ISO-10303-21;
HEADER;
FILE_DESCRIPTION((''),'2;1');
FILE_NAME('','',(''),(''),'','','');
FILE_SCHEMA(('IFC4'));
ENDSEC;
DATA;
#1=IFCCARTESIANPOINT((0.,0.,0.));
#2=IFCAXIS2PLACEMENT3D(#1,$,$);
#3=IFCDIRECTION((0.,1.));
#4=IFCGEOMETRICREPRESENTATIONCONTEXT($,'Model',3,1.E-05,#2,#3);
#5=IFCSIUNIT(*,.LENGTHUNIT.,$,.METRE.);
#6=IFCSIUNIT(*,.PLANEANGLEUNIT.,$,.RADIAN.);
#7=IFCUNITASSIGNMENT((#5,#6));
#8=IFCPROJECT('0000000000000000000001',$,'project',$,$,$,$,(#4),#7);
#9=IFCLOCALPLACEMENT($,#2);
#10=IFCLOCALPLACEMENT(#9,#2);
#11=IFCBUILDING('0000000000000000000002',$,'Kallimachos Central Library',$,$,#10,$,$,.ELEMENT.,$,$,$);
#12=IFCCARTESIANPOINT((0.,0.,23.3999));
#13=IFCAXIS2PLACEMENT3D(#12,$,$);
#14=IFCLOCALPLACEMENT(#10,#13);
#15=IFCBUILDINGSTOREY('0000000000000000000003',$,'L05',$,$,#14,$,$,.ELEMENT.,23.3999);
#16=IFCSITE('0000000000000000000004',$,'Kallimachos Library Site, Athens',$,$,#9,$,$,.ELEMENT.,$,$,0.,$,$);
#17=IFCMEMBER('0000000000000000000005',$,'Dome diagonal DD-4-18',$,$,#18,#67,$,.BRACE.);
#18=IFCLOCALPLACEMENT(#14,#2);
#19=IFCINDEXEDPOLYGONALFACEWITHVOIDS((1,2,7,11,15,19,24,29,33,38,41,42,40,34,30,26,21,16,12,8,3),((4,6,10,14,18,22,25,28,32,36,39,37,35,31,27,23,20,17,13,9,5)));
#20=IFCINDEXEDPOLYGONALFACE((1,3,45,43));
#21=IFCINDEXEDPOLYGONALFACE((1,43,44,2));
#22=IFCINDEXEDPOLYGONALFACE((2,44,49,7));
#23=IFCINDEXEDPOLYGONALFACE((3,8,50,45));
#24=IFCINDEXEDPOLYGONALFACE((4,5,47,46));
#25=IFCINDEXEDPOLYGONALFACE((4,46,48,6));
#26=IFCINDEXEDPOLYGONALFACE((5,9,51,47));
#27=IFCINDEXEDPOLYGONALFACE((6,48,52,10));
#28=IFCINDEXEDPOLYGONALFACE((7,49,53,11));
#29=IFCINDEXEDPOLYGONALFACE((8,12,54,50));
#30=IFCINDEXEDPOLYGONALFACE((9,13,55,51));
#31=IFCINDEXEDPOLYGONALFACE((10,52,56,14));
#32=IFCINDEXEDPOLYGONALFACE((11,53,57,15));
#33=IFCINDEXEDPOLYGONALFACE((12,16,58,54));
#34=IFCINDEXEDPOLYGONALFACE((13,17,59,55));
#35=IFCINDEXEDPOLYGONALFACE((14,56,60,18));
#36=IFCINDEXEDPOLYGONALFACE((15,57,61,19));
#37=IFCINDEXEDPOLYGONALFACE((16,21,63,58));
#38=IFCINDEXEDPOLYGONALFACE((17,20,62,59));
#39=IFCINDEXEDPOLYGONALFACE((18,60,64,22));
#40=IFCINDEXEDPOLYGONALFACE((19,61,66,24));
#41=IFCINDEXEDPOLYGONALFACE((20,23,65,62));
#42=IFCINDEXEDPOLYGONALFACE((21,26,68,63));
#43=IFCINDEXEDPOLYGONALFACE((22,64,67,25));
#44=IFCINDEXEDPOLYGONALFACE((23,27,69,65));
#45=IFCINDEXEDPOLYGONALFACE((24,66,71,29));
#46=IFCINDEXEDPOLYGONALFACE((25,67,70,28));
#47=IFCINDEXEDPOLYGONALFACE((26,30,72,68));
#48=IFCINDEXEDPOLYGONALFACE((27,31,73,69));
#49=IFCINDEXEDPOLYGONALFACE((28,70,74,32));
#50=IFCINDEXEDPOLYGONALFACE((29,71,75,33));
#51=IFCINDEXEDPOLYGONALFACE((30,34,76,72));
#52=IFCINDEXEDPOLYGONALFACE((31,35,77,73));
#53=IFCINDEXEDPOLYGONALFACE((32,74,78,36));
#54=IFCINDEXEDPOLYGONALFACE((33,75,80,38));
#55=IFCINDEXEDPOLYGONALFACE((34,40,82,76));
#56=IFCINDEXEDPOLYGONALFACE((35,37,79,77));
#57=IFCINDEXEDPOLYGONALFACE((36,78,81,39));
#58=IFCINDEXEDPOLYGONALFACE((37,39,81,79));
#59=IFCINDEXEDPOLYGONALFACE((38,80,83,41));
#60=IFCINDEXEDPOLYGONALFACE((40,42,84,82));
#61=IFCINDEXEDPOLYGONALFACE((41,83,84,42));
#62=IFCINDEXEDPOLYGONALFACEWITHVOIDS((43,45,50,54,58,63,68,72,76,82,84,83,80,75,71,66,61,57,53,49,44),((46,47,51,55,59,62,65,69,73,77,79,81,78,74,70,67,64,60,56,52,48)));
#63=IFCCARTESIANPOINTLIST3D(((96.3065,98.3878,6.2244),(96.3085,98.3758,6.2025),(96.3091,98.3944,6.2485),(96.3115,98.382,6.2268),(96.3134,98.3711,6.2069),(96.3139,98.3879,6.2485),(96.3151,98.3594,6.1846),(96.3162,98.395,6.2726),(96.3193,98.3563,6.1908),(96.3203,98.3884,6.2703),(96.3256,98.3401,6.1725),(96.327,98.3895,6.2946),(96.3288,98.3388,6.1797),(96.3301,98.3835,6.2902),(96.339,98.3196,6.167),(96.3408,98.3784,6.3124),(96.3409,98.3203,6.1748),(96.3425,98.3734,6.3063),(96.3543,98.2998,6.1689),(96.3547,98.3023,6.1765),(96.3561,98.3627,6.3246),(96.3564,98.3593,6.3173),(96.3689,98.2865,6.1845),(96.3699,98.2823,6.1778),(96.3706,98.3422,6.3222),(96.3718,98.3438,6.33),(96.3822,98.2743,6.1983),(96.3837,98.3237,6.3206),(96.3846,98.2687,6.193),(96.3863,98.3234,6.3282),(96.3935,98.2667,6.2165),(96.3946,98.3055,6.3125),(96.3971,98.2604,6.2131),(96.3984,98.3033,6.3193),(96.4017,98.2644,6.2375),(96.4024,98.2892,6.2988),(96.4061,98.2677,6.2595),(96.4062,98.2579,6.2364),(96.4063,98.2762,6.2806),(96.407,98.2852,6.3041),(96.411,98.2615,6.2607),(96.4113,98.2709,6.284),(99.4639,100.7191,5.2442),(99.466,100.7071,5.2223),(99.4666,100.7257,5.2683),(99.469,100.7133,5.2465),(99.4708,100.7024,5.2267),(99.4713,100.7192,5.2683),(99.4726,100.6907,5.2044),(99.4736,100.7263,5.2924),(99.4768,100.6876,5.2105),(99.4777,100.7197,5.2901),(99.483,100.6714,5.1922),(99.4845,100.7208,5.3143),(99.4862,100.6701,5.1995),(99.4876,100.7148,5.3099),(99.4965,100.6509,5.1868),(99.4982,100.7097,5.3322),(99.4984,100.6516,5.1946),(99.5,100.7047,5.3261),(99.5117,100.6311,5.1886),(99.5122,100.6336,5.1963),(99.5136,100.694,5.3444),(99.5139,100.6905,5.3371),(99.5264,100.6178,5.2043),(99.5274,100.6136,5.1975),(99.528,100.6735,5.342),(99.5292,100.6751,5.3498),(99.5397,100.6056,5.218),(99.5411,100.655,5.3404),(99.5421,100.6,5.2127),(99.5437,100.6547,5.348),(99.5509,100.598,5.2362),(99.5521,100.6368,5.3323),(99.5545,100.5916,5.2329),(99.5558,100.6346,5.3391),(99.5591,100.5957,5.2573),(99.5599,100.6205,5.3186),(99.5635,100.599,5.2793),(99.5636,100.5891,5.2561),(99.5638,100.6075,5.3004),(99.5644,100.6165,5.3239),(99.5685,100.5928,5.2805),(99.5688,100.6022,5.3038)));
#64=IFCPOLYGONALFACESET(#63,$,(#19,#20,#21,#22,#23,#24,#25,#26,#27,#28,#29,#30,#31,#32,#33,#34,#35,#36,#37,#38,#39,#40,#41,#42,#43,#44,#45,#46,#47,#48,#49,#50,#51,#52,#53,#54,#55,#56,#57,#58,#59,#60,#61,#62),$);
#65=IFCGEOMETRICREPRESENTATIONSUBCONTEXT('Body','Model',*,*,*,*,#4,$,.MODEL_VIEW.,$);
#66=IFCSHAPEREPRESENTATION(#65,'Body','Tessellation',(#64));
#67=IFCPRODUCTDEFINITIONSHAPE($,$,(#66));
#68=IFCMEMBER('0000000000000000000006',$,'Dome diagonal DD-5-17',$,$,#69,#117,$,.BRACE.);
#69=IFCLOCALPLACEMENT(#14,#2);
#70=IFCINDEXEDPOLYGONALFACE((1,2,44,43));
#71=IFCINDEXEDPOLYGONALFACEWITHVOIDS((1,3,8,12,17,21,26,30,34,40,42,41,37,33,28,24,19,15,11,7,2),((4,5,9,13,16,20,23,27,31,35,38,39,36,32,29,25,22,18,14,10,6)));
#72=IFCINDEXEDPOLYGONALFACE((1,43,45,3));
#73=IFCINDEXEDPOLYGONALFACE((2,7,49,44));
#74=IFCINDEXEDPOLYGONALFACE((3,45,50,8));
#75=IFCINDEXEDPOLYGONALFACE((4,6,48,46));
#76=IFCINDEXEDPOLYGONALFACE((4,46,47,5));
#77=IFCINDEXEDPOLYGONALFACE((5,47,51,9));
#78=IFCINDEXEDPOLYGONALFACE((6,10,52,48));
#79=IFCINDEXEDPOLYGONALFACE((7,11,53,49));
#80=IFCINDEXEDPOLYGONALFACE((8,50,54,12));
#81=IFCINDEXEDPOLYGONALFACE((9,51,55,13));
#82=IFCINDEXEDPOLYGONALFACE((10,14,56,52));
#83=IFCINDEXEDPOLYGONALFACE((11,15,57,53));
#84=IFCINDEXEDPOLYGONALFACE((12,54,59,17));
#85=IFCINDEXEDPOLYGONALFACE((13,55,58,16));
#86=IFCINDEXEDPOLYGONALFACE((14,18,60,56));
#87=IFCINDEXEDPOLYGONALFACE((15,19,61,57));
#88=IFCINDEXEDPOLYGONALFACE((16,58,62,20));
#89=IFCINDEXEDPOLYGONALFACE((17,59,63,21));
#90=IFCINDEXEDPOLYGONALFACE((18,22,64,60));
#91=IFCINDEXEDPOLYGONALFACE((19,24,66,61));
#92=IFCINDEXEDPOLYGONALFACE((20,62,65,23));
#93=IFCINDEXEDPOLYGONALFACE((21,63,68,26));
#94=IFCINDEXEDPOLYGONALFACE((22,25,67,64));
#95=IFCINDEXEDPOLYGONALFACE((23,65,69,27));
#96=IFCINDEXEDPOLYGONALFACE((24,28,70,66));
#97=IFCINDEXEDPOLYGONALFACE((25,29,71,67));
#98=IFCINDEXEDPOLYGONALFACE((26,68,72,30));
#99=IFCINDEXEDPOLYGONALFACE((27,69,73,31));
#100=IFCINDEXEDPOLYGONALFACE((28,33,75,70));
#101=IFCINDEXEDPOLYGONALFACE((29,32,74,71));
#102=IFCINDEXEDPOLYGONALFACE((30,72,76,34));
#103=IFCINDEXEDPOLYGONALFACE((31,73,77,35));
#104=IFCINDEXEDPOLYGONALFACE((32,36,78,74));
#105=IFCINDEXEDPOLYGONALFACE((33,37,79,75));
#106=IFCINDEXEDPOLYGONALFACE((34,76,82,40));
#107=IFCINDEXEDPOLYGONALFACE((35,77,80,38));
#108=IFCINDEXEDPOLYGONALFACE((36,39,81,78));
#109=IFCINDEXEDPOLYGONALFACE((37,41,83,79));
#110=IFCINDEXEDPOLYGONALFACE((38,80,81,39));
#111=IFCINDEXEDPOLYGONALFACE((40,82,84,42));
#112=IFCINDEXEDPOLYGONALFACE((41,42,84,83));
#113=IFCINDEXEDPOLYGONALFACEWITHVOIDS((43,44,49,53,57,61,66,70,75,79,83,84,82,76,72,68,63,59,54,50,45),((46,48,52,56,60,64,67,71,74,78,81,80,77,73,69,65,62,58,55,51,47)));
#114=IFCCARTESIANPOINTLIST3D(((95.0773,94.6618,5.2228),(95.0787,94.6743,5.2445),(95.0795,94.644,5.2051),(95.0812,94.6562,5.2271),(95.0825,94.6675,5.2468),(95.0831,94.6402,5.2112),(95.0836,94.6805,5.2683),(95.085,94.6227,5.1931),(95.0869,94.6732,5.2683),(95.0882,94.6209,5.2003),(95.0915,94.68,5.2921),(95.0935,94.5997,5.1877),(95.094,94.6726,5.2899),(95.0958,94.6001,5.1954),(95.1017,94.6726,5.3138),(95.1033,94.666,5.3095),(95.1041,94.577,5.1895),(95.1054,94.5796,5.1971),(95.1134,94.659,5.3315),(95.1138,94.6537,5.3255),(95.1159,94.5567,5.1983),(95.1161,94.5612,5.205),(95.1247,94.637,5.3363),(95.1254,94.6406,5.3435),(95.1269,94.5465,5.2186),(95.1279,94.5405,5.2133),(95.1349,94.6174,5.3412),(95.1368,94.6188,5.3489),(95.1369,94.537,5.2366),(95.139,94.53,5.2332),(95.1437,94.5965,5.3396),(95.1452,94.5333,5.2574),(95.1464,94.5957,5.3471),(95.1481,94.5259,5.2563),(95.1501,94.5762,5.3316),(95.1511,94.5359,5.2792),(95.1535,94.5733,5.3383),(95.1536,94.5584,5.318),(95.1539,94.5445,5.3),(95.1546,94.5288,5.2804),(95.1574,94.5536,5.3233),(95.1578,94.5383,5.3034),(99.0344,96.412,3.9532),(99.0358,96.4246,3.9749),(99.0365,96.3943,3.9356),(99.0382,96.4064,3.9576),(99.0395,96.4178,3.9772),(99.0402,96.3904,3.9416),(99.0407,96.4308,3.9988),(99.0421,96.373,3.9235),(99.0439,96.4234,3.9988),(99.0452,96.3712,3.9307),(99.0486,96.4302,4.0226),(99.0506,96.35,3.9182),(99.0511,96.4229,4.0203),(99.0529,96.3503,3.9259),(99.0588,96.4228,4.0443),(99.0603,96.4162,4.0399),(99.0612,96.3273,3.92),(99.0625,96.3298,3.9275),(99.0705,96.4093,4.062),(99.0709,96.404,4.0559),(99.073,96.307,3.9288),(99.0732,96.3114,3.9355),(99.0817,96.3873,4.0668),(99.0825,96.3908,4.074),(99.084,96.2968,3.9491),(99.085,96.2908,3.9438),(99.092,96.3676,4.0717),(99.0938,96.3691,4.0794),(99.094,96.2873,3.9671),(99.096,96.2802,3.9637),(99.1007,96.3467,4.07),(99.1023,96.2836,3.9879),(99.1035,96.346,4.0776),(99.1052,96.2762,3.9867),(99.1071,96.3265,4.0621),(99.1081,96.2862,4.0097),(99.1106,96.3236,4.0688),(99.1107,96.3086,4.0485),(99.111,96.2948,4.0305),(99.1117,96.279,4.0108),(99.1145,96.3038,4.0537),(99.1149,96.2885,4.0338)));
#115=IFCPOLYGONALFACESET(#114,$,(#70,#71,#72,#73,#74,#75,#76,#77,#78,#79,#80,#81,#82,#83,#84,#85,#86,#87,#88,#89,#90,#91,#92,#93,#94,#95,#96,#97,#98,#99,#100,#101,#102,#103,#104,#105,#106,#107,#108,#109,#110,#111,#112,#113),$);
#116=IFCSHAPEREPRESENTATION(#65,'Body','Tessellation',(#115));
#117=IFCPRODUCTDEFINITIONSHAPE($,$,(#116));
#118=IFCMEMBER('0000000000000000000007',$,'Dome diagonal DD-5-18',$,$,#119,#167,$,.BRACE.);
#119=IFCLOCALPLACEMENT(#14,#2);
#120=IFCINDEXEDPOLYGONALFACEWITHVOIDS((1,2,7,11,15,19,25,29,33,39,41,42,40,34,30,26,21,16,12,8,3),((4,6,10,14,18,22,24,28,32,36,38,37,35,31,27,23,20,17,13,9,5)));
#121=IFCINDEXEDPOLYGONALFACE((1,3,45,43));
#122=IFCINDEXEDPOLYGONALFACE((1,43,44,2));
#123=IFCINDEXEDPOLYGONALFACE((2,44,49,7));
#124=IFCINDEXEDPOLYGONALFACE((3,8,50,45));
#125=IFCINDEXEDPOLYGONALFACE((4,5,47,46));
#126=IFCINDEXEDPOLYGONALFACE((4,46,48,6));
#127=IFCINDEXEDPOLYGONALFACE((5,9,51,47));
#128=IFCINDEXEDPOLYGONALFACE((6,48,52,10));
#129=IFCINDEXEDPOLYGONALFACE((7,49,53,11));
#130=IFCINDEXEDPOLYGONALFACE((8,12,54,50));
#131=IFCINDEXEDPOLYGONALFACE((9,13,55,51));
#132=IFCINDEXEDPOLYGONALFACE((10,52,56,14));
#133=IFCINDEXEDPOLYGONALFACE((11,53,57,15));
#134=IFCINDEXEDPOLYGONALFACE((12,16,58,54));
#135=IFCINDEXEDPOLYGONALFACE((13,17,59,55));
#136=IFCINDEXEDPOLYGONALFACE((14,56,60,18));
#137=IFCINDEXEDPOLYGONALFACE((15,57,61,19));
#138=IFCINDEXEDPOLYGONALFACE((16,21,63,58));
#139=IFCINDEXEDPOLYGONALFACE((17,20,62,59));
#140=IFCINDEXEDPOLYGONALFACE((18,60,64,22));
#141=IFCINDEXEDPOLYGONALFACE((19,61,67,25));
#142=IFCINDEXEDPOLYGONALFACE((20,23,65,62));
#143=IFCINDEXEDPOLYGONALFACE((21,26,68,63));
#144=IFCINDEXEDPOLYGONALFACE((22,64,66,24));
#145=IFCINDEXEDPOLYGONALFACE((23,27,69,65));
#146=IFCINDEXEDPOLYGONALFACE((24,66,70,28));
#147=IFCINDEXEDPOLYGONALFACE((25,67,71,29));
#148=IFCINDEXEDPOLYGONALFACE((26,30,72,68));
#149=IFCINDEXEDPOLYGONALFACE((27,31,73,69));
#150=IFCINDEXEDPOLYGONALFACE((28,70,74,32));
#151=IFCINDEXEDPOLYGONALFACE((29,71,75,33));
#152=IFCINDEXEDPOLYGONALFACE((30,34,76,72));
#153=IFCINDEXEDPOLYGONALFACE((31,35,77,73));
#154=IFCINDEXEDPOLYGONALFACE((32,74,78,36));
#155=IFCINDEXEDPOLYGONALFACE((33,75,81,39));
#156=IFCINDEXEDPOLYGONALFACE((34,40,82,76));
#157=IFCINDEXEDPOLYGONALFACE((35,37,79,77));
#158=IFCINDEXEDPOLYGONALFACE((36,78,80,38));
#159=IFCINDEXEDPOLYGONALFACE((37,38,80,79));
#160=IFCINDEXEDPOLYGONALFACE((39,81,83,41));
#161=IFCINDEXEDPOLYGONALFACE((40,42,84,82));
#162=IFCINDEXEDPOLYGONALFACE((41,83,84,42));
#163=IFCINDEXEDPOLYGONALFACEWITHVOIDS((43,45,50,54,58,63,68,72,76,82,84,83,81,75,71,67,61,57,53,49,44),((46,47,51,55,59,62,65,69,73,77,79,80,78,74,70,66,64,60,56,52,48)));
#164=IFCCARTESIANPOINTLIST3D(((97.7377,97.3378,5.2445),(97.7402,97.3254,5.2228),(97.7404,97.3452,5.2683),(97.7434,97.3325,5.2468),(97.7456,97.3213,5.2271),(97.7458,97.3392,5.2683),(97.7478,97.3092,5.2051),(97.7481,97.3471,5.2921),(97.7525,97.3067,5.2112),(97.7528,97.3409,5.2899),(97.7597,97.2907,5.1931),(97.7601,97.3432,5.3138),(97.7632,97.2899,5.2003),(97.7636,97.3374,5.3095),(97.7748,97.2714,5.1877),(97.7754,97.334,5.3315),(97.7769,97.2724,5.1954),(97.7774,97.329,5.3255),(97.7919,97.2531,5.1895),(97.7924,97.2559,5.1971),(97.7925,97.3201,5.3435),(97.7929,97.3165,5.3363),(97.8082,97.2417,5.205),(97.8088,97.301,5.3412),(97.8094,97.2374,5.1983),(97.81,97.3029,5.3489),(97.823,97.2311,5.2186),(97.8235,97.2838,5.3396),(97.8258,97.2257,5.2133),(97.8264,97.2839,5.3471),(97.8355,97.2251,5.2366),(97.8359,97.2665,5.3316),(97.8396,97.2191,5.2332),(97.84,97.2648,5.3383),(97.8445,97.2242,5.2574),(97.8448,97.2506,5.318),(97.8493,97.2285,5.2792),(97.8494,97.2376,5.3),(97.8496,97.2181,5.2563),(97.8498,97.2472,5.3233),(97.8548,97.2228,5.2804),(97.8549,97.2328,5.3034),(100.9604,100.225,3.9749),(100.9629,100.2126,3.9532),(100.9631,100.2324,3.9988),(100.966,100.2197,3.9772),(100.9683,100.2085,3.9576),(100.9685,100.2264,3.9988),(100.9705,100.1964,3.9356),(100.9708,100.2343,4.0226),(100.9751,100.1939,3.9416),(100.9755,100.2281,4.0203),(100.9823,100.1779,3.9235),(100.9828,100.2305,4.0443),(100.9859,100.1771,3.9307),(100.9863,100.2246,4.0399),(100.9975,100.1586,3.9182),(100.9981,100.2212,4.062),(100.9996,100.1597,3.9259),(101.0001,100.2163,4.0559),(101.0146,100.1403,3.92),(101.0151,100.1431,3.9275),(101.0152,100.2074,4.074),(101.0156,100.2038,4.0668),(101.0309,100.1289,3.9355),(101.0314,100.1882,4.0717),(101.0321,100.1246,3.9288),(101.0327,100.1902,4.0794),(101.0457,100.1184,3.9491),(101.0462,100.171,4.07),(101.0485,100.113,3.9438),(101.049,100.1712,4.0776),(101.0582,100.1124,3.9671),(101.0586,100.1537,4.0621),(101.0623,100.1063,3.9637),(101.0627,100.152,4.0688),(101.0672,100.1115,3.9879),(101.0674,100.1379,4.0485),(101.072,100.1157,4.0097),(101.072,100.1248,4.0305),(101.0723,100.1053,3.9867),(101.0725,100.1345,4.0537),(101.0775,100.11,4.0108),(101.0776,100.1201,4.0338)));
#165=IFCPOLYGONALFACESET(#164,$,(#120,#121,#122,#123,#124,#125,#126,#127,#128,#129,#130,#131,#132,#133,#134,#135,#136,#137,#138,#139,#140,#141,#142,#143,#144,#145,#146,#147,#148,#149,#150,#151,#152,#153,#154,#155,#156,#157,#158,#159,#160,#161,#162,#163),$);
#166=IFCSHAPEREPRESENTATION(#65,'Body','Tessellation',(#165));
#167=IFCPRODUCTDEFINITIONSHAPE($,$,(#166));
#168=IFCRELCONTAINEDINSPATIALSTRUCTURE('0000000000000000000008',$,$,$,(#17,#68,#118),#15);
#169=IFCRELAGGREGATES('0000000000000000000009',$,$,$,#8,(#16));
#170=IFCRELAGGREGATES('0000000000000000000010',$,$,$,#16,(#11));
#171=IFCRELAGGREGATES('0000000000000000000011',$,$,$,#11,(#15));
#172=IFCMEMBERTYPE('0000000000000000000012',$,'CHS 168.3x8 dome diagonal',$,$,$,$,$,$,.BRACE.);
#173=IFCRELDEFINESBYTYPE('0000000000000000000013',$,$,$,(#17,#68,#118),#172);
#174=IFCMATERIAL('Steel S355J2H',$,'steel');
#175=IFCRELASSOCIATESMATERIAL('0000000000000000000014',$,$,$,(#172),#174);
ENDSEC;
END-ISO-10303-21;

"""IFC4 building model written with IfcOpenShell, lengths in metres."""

from ifc_helpers import new_model, si_unit, direction, frame, origin, origin_2d, place, context, subcontext, project, spatial, hollow_circle, extrude, material, material_profile, profile_set, type_object, element, save


model = new_model("IFC4")

# Units and contexts
model_context = context("Model", 3, precision=1e-05, world=origin(), true_north=direction((0.0, 1.0)))
body_context = subcontext(model_context, "Body", "Model", "MODEL_VIEW")
ifc_project = project(units=[si_unit("LENGTHUNIT", "METRE"), si_unit("PLANEANGLEUNIT", "RADIAN")], contexts=[model_context])

# Site, building, storey
site_placement = place(None, origin())
site = spatial("IfcSite", under=ifc_project, at=site_placement, Name="Kallimachos Library Site, Athens", CompositionType="ELEMENT", RefElevation=0.0)
building_placement = place(site_placement, origin())
building = spatial("IfcBuilding", under=site, at=building_placement, Name="Kallimachos Central Library", CompositionType="ELEMENT")
storey_placement = place(building_placement, frame((0.0, 0.0, 23.3999)))
storey = spatial("IfcBuildingStorey", under=building, at=storey_placement, Name="L05", CompositionType="ELEMENT", Elevation=23.3999)

# Members
ifc_material_1 = material(Name="Steel S355J2H", Category="steel")
ifc_material_profile_1 = material_profile(ifc_material_1, hollow_circle(Radius=0.0842, WallThickness=0.0081, at=origin_2d()), Name="CHS 168.3x8")
ifc_profile_set_1 = profile_set([ifc_material_profile_1], Name="Steel S355J2H")
member_type_1 = type_object("IfcMemberType", Name="CHS 168.3x8 dome diagonal", PredefinedType="BRACE", material=ifc_profile_set_1)
for number, where, z_axis, x_axis, name in (
    (1, (96.3591, 98.3267, 6.2485), (0.780505, 0.576281, -0.242305), (-0.593982, 0.804479, 0.0), "Dome diagonal DD-4-18"),
):
    element("IfcMember", number, at=place(storey_placement, frame(where, z_axis=z_axis, x_axis=x_axis)), inside=storey, type_object=member_type_1, Name=name, PredefinedType="BRACE", context=body_context, shape_type="SweptSolid", body=[
        extrude(hollow_circle(Radius=0.0842, WallThickness=0.0081, at=origin_2d()), origin(), (0.0, 0.0, 1.0), 4.0454),
    ])
for number, where, z_axis, x_axis, name in (
    (2, (95.1177, 94.6035, 5.2683), (0.87754, 0.388147, -0.281541), (-0.40451, 0.914534, 0.0), "Dome diagonal DD-5-17"),
    (3, (97.7966, 97.2825, 5.2683), (0.714679, 0.640288, -0.28154), (-0.66728, 0.744807, 0.0), "Dome diagonal DD-5-18"),
):
    element("IfcMember", number, at=place(storey_placement, frame(where, z_axis=z_axis, x_axis=x_axis)), inside=storey, type_object=member_type_1, Name=name, PredefinedType="BRACE", context=body_context, shape_type="SweptSolid", body=[
        extrude(hollow_circle(Radius=0.0842, WallThickness=0.0081, at=origin_2d()), origin(), (0.0, 0.0, 1.0), 4.5093),
    ])

save(model, "model.ifc")
